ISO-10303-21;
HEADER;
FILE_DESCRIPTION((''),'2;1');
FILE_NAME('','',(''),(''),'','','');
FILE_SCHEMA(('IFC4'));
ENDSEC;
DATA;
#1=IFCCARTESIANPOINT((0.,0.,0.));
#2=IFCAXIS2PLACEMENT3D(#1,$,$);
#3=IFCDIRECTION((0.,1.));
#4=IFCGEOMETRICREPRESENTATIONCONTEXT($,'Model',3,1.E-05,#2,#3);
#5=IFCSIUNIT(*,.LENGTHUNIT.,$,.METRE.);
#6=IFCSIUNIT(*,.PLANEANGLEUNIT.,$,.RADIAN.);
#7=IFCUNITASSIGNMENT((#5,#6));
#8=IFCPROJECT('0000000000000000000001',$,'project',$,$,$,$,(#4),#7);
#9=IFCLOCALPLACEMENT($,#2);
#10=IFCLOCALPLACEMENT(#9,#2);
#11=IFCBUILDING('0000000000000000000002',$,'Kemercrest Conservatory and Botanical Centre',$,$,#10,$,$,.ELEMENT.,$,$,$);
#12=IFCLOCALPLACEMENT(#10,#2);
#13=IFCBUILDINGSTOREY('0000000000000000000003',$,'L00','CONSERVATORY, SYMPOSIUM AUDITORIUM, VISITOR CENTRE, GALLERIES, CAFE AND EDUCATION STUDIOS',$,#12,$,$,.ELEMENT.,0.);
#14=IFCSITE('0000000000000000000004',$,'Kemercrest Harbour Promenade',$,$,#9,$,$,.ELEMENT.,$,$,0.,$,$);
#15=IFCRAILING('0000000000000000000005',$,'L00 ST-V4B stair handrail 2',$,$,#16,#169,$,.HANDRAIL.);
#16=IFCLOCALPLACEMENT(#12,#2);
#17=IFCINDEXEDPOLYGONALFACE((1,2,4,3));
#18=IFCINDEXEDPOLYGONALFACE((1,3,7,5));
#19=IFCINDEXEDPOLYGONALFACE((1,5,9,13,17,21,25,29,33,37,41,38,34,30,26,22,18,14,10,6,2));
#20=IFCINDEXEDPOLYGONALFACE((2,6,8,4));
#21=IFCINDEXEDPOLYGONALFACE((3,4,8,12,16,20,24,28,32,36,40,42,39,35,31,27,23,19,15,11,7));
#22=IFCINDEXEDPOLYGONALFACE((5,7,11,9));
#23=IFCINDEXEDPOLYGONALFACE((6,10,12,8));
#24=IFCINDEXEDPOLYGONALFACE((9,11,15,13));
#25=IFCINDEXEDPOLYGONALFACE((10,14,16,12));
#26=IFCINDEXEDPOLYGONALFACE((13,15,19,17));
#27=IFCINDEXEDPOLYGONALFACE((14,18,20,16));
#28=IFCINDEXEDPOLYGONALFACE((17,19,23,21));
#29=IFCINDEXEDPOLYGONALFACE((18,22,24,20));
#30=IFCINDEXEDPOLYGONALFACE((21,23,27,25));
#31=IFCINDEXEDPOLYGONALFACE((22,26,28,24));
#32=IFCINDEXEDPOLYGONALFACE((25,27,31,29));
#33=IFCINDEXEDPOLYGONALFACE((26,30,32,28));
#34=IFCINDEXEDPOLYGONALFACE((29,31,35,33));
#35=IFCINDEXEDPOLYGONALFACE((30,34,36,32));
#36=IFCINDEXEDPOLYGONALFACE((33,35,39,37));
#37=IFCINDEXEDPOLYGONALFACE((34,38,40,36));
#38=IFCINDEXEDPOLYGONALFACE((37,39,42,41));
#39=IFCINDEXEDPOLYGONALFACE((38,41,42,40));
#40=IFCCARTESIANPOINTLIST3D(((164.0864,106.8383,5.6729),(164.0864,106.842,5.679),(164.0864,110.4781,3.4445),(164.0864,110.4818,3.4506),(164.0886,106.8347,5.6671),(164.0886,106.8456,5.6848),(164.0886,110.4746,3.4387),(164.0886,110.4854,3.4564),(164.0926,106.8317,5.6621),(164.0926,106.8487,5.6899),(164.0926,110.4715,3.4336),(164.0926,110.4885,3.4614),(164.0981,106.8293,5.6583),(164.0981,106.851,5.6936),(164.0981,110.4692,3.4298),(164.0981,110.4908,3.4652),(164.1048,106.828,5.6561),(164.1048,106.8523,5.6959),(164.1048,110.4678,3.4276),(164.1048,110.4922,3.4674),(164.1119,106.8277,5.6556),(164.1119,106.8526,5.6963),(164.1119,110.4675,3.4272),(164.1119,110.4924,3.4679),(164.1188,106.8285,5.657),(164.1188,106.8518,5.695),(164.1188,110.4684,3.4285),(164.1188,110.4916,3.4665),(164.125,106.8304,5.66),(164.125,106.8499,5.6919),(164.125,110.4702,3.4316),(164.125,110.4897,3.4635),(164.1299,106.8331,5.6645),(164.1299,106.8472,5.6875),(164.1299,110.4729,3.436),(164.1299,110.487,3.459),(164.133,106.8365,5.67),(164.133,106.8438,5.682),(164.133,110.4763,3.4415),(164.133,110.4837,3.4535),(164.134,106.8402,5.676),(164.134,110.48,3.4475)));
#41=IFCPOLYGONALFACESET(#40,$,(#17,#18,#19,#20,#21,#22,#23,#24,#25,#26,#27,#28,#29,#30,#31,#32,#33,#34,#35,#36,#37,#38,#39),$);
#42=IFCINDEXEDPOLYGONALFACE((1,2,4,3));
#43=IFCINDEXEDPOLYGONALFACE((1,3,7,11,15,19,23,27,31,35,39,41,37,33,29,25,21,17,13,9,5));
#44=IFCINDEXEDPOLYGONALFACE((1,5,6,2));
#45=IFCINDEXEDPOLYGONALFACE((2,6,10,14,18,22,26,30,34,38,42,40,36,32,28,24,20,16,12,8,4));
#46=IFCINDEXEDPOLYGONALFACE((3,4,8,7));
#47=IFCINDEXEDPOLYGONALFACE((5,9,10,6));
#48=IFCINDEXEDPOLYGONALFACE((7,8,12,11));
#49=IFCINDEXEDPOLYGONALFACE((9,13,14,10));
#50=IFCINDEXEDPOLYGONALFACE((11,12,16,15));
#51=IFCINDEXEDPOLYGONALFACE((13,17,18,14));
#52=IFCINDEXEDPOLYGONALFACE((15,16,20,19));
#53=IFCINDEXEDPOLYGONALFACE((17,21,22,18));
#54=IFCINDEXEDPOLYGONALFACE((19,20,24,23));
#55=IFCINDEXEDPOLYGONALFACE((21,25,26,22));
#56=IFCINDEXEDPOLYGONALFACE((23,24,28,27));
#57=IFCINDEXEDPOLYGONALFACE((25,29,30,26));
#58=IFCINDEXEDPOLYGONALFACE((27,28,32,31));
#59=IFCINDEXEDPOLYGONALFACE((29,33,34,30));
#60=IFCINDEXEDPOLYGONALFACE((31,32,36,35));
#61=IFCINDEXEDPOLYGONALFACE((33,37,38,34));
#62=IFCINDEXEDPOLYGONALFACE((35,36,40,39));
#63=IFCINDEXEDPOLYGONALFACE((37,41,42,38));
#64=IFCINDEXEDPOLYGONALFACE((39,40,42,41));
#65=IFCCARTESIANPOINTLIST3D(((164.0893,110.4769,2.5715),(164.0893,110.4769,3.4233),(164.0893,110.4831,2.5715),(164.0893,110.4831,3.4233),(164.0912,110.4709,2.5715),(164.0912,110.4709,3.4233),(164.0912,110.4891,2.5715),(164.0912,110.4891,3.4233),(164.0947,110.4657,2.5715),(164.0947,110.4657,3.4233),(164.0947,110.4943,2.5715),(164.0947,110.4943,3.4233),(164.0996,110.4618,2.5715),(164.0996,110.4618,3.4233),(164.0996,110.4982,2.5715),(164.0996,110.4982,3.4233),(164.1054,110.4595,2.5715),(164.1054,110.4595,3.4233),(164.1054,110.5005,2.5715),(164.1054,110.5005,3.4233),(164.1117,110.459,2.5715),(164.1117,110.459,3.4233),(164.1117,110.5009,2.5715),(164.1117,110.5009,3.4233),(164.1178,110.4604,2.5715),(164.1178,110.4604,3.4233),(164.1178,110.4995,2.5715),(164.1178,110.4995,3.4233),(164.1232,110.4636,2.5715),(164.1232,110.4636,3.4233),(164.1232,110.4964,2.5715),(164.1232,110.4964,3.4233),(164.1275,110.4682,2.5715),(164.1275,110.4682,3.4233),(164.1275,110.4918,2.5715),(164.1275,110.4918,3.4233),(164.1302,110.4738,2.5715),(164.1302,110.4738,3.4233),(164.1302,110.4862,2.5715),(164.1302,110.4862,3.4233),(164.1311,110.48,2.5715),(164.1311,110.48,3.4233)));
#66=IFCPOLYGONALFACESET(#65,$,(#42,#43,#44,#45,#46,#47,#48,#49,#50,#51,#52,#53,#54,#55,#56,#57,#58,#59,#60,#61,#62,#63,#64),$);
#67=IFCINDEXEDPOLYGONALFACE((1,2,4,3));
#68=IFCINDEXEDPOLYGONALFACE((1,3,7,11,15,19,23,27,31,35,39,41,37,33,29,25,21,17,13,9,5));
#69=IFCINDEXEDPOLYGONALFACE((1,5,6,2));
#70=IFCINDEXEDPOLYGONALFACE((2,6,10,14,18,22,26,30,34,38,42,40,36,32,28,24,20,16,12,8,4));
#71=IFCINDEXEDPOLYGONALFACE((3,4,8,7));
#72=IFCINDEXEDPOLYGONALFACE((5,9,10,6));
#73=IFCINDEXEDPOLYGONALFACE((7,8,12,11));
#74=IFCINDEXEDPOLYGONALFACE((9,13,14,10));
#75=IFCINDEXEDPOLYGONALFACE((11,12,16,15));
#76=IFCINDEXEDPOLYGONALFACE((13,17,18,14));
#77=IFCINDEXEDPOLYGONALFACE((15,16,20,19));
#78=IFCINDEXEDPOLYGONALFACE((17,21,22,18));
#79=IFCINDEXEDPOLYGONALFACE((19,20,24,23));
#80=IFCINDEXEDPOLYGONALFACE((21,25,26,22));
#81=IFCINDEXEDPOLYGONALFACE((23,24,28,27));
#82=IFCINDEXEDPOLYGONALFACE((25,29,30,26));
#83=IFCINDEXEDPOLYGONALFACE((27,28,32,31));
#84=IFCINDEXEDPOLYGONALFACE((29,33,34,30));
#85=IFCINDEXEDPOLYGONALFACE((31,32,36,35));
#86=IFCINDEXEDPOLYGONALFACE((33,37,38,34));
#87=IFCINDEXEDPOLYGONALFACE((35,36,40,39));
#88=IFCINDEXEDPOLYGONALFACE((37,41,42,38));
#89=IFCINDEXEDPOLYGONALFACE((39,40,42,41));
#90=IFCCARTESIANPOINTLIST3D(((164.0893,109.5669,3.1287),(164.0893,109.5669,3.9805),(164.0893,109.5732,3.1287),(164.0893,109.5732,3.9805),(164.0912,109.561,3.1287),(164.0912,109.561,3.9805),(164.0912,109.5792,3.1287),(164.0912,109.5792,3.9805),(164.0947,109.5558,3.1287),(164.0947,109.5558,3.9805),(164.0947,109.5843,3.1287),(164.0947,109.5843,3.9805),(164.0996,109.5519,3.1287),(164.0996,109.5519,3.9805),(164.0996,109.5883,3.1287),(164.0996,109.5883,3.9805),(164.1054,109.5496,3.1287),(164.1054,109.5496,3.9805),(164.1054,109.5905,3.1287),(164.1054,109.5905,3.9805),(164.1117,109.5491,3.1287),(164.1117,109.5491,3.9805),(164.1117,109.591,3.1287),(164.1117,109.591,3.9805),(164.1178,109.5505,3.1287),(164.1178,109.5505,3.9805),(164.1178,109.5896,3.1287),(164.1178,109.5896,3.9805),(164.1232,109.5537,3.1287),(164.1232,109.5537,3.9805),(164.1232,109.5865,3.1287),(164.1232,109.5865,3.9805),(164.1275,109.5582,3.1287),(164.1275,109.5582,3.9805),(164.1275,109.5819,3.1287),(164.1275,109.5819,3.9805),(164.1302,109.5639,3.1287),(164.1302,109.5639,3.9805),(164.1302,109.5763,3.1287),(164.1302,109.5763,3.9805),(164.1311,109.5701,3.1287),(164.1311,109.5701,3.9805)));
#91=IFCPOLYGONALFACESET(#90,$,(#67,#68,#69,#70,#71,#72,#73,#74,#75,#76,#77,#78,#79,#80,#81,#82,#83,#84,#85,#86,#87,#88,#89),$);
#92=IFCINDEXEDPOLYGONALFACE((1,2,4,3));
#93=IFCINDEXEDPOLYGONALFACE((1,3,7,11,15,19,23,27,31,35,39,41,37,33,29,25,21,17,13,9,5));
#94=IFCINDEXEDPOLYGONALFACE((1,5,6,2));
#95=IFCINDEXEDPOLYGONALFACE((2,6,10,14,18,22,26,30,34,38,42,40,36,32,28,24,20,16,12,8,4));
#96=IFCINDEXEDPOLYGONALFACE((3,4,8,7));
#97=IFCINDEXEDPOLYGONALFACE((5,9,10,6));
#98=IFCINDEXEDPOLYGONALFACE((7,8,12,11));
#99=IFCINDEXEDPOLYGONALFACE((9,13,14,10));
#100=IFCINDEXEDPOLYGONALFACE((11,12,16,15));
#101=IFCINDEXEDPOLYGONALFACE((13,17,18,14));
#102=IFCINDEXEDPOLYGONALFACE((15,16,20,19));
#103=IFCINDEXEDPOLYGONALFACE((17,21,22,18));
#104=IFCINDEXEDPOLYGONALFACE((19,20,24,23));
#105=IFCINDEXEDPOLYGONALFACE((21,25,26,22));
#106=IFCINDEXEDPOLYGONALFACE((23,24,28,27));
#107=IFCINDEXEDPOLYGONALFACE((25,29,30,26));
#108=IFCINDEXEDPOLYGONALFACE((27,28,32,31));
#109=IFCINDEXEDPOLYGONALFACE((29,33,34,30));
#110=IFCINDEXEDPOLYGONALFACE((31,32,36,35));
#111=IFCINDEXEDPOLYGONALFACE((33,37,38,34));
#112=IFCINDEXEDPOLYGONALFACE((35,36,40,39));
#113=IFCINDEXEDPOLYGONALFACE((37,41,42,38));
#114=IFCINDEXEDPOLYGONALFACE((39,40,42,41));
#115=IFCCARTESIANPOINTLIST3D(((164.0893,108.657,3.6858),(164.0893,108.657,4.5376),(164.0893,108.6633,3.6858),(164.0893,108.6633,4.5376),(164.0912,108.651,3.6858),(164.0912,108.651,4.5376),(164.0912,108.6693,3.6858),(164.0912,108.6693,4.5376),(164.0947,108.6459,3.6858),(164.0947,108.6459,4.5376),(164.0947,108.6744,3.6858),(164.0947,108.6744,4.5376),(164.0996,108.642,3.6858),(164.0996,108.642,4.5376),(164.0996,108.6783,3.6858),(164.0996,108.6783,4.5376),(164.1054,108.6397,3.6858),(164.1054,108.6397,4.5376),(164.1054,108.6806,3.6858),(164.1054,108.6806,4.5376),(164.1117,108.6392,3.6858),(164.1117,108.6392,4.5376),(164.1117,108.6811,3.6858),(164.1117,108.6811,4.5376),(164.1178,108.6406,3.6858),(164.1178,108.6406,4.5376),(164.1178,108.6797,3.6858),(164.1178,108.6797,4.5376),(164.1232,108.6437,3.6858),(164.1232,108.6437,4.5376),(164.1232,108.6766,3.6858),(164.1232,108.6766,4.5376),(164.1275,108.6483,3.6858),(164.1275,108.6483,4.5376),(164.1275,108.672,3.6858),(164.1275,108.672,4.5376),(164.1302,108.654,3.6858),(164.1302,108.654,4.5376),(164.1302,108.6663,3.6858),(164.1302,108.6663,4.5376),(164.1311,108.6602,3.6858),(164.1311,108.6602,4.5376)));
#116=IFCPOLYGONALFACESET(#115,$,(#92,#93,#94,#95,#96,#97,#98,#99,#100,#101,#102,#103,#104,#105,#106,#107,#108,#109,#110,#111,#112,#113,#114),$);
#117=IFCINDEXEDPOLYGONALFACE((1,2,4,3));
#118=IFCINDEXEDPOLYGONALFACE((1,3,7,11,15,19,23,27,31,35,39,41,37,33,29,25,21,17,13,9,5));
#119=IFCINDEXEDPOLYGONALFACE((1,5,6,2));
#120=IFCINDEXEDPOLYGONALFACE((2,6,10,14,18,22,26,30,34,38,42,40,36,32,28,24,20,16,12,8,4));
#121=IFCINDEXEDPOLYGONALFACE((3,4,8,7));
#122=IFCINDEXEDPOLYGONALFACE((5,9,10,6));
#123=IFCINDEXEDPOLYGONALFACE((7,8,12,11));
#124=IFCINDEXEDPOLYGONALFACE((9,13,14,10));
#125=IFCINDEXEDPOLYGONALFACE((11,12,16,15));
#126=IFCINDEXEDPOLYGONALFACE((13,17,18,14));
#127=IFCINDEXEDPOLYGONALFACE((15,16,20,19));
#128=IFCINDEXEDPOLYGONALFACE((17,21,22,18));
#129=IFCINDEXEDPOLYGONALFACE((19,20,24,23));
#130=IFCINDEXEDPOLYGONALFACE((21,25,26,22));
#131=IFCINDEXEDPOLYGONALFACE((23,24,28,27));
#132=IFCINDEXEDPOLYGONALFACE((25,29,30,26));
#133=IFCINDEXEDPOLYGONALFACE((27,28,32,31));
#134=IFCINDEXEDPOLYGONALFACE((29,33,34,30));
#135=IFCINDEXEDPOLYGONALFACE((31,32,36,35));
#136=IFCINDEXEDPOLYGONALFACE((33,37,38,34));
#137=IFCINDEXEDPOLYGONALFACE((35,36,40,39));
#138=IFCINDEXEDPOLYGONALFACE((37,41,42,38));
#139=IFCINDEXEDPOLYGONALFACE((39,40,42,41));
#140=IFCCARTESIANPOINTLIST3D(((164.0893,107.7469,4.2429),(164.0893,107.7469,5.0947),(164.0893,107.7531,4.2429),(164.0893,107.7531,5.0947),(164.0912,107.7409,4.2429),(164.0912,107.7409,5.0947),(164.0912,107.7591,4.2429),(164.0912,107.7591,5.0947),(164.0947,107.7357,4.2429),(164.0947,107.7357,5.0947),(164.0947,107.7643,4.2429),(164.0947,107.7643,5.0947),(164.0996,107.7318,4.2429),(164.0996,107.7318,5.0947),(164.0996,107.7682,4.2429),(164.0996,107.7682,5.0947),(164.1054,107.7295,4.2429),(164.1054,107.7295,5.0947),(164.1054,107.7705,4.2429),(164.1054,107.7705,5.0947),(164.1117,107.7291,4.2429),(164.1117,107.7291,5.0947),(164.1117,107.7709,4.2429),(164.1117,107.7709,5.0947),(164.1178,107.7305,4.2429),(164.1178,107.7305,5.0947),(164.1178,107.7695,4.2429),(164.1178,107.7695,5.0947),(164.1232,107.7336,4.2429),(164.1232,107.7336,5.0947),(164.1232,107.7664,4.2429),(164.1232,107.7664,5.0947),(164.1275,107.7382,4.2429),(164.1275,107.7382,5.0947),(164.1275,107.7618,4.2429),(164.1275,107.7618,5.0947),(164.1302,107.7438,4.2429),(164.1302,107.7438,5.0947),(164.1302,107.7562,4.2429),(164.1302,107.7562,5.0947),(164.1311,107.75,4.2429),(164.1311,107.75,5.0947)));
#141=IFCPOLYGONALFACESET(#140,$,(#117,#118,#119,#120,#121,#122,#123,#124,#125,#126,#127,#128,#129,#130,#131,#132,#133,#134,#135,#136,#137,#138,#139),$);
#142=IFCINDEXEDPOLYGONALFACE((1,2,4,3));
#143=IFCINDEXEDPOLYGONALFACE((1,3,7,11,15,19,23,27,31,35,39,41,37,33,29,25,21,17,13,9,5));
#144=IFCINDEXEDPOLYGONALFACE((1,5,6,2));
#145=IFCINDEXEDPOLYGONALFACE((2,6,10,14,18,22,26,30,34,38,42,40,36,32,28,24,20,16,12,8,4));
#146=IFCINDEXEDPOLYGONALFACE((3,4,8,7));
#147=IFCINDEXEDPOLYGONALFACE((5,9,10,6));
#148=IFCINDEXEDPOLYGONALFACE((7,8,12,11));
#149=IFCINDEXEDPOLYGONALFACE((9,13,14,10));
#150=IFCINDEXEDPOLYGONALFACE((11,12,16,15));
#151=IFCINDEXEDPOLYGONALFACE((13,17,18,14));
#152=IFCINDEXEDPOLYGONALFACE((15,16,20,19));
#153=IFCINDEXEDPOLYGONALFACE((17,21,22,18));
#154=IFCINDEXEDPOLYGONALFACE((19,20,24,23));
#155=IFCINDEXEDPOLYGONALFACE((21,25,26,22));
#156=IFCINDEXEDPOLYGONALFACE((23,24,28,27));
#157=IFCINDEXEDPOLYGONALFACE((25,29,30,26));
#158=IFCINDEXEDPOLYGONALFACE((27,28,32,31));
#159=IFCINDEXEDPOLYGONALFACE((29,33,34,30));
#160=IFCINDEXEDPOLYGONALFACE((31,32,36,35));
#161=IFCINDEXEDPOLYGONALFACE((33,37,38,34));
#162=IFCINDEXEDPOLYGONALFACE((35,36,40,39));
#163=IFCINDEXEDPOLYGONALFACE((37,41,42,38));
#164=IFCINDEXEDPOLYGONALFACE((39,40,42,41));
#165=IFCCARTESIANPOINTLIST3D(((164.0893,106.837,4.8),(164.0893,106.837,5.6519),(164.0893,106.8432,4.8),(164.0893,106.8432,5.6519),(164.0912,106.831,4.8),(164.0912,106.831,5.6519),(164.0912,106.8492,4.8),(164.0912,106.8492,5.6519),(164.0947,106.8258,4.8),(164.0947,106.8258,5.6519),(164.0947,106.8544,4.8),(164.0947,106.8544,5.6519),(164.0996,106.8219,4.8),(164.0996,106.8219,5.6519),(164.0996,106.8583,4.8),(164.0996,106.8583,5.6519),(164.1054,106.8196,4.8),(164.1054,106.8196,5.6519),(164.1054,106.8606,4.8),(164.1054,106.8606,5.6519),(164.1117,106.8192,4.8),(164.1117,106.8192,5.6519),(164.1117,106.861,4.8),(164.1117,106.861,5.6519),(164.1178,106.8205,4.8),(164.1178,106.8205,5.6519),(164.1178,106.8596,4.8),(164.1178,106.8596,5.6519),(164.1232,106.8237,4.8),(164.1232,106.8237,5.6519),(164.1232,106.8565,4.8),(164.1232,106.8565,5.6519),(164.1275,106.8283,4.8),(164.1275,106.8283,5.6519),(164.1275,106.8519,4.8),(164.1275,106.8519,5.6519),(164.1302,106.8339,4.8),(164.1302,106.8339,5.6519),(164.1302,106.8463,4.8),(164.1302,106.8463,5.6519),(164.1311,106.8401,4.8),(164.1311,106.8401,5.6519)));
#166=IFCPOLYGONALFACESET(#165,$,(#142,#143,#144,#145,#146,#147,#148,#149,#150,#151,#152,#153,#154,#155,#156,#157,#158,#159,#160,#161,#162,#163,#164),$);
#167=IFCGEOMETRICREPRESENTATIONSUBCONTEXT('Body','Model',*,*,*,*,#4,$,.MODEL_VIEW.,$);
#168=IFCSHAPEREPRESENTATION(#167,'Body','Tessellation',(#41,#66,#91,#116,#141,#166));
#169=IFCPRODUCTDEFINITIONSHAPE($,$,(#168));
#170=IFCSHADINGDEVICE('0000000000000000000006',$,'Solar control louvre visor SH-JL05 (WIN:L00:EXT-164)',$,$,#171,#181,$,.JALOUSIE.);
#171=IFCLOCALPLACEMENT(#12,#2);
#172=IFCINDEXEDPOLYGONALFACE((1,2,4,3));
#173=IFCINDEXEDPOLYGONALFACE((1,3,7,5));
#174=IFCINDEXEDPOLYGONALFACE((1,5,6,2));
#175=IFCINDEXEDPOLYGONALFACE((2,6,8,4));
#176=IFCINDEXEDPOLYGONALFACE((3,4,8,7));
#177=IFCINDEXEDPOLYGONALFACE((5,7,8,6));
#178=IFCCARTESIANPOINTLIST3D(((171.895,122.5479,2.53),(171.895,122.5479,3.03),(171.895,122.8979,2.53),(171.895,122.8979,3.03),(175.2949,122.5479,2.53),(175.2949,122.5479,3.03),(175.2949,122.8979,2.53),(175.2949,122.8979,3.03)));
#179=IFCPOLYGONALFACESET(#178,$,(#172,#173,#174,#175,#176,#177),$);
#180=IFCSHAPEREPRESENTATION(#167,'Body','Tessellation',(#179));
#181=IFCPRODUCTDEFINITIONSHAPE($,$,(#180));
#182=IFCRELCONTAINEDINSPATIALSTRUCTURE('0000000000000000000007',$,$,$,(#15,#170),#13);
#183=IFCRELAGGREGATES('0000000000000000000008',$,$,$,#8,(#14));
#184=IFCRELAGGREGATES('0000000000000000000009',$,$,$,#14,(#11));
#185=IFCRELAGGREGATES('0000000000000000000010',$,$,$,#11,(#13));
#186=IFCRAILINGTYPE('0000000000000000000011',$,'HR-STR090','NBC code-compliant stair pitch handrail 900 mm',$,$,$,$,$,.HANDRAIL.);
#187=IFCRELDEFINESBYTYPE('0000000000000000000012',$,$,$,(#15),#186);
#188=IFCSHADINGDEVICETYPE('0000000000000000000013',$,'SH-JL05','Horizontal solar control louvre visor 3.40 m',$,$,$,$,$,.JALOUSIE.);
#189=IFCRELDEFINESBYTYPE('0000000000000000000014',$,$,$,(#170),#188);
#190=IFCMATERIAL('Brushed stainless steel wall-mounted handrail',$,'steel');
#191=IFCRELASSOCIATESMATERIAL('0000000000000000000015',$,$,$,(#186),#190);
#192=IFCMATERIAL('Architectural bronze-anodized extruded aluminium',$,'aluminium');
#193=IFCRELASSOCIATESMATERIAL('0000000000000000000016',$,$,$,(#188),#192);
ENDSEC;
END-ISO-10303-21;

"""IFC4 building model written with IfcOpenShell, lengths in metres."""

from ifc_helpers import new_model, si_unit, direction, frame, origin, origin_2d, place, context, subcontext, project, spatial, rectangle, circle, extrude, material, type_object, element, save


model = new_model("IFC4")

# Units and contexts
model_context = context("Model", 3, precision=1e-05, world=origin(), true_north=direction((0.0, 1.0)))
body_context = subcontext(model_context, "Body", "Model", "MODEL_VIEW")
ifc_project = project(units=[si_unit("LENGTHUNIT", "METRE"), si_unit("PLANEANGLEUNIT", "RADIAN")], contexts=[model_context])

# Site, building, storey
site_placement = place(None, origin())
site = spatial("IfcSite", under=ifc_project, at=site_placement, Name="Kemercrest Harbour Promenade", CompositionType="ELEMENT", RefElevation=0.0)
building_placement = place(site_placement, origin())
building = spatial("IfcBuilding", under=site, at=building_placement, Name="Kemercrest Conservatory and Botanical Centre", CompositionType="ELEMENT")
storey_placement = place(building_placement, origin())
storey = spatial("IfcBuildingStorey", under=building, at=storey_placement, Name="L00", Description="CONSERVATORY, SYMPOSIUM AUDITORIUM, VISITOR CENTRE, GALLERIES, CAFE AND EDUCATION STUDIOS", CompositionType="ELEMENT", Elevation=0.0)

# Railing
ifc_material_1 = material(Name="Brushed stainless steel wall-mounted handrail", Category="steel")
railing_type_1 = type_object("IfcRailingType", Name="HR-STR090", Description="NBC code-compliant stair pitch handrail 900 mm", PredefinedType="HANDRAIL", material=ifc_material_1)
railing_1_placement = place(storey_placement, frame((164.1101, 110.48, 2.5715)))
element("IfcRailing", 1, at=railing_1_placement, inside=storey, type_object=railing_type_1, Name="L00 ST-V4B stair handrail 2", PredefinedType="HANDRAIL", context=body_context, shape_type="SweptSolid", body=[
    extrude(circle(Radius=0.0239, at=origin_2d()), frame((0.0, 0.0, 0.876), z_axis=(0.0, -0.85285, 0.522156), x_axis=(1.0, 0.0, 0.0)), (0.0, 0.0, 1.0), 4.2678),
    extrude(circle(Radius=0.021, at=origin_2d()), origin(), (0.0, 0.0, 1.0), 0.8518),
    extrude(circle(Radius=0.021, at=origin_2d()), frame((0.0, -0.9099, 0.5571)), (0.0, 0.0, 1.0), 0.8518),
    extrude(circle(Radius=0.021, at=origin_2d()), frame((0.0, -1.8198, 1.1143)), (0.0, 0.0, 1.0), 0.8518),
    extrude(circle(Radius=0.021, at=origin_2d()), frame((0.0, -2.73, 1.6714)), (0.0, 0.0, 1.0), 0.8518),
    extrude(circle(Radius=0.021, at=origin_2d()), frame((0.0, -3.6399, 2.2285)), (0.0, 0.0, 1.0), 0.8518),
])

# Shading device
ifc_material_2 = material(Name="Architectural bronze-anodized extruded aluminium", Category="aluminium")
shading_device_type = type_object("IfcShadingDeviceType", Name="SH-JL05", Description="Horizontal solar control louvre visor 3.40 m", PredefinedType="JALOUSIE", material=ifc_material_2)
shading_device_placement = place(storey_placement, frame((173.595, 122.7229, 2.53), z_axis=(0.0, 0.0, 1.0), x_axis=(-1.0, 0.0, 0.0)))
element("IfcShadingDevice", 2, at=shading_device_placement, inside=storey, type_object=shading_device_type, Name="Solar control louvre visor SH-JL05 (WIN:L00:EXT-164)", PredefinedType="JALOUSIE", context=body_context, shape_type="SweptSolid", body=[
    extrude(rectangle(XDim=3.3999, YDim=0.3501, at=origin_2d()), origin(), (0.0, 0.0, 1.0), 0.5),
])

save(model, "model.ifc")
